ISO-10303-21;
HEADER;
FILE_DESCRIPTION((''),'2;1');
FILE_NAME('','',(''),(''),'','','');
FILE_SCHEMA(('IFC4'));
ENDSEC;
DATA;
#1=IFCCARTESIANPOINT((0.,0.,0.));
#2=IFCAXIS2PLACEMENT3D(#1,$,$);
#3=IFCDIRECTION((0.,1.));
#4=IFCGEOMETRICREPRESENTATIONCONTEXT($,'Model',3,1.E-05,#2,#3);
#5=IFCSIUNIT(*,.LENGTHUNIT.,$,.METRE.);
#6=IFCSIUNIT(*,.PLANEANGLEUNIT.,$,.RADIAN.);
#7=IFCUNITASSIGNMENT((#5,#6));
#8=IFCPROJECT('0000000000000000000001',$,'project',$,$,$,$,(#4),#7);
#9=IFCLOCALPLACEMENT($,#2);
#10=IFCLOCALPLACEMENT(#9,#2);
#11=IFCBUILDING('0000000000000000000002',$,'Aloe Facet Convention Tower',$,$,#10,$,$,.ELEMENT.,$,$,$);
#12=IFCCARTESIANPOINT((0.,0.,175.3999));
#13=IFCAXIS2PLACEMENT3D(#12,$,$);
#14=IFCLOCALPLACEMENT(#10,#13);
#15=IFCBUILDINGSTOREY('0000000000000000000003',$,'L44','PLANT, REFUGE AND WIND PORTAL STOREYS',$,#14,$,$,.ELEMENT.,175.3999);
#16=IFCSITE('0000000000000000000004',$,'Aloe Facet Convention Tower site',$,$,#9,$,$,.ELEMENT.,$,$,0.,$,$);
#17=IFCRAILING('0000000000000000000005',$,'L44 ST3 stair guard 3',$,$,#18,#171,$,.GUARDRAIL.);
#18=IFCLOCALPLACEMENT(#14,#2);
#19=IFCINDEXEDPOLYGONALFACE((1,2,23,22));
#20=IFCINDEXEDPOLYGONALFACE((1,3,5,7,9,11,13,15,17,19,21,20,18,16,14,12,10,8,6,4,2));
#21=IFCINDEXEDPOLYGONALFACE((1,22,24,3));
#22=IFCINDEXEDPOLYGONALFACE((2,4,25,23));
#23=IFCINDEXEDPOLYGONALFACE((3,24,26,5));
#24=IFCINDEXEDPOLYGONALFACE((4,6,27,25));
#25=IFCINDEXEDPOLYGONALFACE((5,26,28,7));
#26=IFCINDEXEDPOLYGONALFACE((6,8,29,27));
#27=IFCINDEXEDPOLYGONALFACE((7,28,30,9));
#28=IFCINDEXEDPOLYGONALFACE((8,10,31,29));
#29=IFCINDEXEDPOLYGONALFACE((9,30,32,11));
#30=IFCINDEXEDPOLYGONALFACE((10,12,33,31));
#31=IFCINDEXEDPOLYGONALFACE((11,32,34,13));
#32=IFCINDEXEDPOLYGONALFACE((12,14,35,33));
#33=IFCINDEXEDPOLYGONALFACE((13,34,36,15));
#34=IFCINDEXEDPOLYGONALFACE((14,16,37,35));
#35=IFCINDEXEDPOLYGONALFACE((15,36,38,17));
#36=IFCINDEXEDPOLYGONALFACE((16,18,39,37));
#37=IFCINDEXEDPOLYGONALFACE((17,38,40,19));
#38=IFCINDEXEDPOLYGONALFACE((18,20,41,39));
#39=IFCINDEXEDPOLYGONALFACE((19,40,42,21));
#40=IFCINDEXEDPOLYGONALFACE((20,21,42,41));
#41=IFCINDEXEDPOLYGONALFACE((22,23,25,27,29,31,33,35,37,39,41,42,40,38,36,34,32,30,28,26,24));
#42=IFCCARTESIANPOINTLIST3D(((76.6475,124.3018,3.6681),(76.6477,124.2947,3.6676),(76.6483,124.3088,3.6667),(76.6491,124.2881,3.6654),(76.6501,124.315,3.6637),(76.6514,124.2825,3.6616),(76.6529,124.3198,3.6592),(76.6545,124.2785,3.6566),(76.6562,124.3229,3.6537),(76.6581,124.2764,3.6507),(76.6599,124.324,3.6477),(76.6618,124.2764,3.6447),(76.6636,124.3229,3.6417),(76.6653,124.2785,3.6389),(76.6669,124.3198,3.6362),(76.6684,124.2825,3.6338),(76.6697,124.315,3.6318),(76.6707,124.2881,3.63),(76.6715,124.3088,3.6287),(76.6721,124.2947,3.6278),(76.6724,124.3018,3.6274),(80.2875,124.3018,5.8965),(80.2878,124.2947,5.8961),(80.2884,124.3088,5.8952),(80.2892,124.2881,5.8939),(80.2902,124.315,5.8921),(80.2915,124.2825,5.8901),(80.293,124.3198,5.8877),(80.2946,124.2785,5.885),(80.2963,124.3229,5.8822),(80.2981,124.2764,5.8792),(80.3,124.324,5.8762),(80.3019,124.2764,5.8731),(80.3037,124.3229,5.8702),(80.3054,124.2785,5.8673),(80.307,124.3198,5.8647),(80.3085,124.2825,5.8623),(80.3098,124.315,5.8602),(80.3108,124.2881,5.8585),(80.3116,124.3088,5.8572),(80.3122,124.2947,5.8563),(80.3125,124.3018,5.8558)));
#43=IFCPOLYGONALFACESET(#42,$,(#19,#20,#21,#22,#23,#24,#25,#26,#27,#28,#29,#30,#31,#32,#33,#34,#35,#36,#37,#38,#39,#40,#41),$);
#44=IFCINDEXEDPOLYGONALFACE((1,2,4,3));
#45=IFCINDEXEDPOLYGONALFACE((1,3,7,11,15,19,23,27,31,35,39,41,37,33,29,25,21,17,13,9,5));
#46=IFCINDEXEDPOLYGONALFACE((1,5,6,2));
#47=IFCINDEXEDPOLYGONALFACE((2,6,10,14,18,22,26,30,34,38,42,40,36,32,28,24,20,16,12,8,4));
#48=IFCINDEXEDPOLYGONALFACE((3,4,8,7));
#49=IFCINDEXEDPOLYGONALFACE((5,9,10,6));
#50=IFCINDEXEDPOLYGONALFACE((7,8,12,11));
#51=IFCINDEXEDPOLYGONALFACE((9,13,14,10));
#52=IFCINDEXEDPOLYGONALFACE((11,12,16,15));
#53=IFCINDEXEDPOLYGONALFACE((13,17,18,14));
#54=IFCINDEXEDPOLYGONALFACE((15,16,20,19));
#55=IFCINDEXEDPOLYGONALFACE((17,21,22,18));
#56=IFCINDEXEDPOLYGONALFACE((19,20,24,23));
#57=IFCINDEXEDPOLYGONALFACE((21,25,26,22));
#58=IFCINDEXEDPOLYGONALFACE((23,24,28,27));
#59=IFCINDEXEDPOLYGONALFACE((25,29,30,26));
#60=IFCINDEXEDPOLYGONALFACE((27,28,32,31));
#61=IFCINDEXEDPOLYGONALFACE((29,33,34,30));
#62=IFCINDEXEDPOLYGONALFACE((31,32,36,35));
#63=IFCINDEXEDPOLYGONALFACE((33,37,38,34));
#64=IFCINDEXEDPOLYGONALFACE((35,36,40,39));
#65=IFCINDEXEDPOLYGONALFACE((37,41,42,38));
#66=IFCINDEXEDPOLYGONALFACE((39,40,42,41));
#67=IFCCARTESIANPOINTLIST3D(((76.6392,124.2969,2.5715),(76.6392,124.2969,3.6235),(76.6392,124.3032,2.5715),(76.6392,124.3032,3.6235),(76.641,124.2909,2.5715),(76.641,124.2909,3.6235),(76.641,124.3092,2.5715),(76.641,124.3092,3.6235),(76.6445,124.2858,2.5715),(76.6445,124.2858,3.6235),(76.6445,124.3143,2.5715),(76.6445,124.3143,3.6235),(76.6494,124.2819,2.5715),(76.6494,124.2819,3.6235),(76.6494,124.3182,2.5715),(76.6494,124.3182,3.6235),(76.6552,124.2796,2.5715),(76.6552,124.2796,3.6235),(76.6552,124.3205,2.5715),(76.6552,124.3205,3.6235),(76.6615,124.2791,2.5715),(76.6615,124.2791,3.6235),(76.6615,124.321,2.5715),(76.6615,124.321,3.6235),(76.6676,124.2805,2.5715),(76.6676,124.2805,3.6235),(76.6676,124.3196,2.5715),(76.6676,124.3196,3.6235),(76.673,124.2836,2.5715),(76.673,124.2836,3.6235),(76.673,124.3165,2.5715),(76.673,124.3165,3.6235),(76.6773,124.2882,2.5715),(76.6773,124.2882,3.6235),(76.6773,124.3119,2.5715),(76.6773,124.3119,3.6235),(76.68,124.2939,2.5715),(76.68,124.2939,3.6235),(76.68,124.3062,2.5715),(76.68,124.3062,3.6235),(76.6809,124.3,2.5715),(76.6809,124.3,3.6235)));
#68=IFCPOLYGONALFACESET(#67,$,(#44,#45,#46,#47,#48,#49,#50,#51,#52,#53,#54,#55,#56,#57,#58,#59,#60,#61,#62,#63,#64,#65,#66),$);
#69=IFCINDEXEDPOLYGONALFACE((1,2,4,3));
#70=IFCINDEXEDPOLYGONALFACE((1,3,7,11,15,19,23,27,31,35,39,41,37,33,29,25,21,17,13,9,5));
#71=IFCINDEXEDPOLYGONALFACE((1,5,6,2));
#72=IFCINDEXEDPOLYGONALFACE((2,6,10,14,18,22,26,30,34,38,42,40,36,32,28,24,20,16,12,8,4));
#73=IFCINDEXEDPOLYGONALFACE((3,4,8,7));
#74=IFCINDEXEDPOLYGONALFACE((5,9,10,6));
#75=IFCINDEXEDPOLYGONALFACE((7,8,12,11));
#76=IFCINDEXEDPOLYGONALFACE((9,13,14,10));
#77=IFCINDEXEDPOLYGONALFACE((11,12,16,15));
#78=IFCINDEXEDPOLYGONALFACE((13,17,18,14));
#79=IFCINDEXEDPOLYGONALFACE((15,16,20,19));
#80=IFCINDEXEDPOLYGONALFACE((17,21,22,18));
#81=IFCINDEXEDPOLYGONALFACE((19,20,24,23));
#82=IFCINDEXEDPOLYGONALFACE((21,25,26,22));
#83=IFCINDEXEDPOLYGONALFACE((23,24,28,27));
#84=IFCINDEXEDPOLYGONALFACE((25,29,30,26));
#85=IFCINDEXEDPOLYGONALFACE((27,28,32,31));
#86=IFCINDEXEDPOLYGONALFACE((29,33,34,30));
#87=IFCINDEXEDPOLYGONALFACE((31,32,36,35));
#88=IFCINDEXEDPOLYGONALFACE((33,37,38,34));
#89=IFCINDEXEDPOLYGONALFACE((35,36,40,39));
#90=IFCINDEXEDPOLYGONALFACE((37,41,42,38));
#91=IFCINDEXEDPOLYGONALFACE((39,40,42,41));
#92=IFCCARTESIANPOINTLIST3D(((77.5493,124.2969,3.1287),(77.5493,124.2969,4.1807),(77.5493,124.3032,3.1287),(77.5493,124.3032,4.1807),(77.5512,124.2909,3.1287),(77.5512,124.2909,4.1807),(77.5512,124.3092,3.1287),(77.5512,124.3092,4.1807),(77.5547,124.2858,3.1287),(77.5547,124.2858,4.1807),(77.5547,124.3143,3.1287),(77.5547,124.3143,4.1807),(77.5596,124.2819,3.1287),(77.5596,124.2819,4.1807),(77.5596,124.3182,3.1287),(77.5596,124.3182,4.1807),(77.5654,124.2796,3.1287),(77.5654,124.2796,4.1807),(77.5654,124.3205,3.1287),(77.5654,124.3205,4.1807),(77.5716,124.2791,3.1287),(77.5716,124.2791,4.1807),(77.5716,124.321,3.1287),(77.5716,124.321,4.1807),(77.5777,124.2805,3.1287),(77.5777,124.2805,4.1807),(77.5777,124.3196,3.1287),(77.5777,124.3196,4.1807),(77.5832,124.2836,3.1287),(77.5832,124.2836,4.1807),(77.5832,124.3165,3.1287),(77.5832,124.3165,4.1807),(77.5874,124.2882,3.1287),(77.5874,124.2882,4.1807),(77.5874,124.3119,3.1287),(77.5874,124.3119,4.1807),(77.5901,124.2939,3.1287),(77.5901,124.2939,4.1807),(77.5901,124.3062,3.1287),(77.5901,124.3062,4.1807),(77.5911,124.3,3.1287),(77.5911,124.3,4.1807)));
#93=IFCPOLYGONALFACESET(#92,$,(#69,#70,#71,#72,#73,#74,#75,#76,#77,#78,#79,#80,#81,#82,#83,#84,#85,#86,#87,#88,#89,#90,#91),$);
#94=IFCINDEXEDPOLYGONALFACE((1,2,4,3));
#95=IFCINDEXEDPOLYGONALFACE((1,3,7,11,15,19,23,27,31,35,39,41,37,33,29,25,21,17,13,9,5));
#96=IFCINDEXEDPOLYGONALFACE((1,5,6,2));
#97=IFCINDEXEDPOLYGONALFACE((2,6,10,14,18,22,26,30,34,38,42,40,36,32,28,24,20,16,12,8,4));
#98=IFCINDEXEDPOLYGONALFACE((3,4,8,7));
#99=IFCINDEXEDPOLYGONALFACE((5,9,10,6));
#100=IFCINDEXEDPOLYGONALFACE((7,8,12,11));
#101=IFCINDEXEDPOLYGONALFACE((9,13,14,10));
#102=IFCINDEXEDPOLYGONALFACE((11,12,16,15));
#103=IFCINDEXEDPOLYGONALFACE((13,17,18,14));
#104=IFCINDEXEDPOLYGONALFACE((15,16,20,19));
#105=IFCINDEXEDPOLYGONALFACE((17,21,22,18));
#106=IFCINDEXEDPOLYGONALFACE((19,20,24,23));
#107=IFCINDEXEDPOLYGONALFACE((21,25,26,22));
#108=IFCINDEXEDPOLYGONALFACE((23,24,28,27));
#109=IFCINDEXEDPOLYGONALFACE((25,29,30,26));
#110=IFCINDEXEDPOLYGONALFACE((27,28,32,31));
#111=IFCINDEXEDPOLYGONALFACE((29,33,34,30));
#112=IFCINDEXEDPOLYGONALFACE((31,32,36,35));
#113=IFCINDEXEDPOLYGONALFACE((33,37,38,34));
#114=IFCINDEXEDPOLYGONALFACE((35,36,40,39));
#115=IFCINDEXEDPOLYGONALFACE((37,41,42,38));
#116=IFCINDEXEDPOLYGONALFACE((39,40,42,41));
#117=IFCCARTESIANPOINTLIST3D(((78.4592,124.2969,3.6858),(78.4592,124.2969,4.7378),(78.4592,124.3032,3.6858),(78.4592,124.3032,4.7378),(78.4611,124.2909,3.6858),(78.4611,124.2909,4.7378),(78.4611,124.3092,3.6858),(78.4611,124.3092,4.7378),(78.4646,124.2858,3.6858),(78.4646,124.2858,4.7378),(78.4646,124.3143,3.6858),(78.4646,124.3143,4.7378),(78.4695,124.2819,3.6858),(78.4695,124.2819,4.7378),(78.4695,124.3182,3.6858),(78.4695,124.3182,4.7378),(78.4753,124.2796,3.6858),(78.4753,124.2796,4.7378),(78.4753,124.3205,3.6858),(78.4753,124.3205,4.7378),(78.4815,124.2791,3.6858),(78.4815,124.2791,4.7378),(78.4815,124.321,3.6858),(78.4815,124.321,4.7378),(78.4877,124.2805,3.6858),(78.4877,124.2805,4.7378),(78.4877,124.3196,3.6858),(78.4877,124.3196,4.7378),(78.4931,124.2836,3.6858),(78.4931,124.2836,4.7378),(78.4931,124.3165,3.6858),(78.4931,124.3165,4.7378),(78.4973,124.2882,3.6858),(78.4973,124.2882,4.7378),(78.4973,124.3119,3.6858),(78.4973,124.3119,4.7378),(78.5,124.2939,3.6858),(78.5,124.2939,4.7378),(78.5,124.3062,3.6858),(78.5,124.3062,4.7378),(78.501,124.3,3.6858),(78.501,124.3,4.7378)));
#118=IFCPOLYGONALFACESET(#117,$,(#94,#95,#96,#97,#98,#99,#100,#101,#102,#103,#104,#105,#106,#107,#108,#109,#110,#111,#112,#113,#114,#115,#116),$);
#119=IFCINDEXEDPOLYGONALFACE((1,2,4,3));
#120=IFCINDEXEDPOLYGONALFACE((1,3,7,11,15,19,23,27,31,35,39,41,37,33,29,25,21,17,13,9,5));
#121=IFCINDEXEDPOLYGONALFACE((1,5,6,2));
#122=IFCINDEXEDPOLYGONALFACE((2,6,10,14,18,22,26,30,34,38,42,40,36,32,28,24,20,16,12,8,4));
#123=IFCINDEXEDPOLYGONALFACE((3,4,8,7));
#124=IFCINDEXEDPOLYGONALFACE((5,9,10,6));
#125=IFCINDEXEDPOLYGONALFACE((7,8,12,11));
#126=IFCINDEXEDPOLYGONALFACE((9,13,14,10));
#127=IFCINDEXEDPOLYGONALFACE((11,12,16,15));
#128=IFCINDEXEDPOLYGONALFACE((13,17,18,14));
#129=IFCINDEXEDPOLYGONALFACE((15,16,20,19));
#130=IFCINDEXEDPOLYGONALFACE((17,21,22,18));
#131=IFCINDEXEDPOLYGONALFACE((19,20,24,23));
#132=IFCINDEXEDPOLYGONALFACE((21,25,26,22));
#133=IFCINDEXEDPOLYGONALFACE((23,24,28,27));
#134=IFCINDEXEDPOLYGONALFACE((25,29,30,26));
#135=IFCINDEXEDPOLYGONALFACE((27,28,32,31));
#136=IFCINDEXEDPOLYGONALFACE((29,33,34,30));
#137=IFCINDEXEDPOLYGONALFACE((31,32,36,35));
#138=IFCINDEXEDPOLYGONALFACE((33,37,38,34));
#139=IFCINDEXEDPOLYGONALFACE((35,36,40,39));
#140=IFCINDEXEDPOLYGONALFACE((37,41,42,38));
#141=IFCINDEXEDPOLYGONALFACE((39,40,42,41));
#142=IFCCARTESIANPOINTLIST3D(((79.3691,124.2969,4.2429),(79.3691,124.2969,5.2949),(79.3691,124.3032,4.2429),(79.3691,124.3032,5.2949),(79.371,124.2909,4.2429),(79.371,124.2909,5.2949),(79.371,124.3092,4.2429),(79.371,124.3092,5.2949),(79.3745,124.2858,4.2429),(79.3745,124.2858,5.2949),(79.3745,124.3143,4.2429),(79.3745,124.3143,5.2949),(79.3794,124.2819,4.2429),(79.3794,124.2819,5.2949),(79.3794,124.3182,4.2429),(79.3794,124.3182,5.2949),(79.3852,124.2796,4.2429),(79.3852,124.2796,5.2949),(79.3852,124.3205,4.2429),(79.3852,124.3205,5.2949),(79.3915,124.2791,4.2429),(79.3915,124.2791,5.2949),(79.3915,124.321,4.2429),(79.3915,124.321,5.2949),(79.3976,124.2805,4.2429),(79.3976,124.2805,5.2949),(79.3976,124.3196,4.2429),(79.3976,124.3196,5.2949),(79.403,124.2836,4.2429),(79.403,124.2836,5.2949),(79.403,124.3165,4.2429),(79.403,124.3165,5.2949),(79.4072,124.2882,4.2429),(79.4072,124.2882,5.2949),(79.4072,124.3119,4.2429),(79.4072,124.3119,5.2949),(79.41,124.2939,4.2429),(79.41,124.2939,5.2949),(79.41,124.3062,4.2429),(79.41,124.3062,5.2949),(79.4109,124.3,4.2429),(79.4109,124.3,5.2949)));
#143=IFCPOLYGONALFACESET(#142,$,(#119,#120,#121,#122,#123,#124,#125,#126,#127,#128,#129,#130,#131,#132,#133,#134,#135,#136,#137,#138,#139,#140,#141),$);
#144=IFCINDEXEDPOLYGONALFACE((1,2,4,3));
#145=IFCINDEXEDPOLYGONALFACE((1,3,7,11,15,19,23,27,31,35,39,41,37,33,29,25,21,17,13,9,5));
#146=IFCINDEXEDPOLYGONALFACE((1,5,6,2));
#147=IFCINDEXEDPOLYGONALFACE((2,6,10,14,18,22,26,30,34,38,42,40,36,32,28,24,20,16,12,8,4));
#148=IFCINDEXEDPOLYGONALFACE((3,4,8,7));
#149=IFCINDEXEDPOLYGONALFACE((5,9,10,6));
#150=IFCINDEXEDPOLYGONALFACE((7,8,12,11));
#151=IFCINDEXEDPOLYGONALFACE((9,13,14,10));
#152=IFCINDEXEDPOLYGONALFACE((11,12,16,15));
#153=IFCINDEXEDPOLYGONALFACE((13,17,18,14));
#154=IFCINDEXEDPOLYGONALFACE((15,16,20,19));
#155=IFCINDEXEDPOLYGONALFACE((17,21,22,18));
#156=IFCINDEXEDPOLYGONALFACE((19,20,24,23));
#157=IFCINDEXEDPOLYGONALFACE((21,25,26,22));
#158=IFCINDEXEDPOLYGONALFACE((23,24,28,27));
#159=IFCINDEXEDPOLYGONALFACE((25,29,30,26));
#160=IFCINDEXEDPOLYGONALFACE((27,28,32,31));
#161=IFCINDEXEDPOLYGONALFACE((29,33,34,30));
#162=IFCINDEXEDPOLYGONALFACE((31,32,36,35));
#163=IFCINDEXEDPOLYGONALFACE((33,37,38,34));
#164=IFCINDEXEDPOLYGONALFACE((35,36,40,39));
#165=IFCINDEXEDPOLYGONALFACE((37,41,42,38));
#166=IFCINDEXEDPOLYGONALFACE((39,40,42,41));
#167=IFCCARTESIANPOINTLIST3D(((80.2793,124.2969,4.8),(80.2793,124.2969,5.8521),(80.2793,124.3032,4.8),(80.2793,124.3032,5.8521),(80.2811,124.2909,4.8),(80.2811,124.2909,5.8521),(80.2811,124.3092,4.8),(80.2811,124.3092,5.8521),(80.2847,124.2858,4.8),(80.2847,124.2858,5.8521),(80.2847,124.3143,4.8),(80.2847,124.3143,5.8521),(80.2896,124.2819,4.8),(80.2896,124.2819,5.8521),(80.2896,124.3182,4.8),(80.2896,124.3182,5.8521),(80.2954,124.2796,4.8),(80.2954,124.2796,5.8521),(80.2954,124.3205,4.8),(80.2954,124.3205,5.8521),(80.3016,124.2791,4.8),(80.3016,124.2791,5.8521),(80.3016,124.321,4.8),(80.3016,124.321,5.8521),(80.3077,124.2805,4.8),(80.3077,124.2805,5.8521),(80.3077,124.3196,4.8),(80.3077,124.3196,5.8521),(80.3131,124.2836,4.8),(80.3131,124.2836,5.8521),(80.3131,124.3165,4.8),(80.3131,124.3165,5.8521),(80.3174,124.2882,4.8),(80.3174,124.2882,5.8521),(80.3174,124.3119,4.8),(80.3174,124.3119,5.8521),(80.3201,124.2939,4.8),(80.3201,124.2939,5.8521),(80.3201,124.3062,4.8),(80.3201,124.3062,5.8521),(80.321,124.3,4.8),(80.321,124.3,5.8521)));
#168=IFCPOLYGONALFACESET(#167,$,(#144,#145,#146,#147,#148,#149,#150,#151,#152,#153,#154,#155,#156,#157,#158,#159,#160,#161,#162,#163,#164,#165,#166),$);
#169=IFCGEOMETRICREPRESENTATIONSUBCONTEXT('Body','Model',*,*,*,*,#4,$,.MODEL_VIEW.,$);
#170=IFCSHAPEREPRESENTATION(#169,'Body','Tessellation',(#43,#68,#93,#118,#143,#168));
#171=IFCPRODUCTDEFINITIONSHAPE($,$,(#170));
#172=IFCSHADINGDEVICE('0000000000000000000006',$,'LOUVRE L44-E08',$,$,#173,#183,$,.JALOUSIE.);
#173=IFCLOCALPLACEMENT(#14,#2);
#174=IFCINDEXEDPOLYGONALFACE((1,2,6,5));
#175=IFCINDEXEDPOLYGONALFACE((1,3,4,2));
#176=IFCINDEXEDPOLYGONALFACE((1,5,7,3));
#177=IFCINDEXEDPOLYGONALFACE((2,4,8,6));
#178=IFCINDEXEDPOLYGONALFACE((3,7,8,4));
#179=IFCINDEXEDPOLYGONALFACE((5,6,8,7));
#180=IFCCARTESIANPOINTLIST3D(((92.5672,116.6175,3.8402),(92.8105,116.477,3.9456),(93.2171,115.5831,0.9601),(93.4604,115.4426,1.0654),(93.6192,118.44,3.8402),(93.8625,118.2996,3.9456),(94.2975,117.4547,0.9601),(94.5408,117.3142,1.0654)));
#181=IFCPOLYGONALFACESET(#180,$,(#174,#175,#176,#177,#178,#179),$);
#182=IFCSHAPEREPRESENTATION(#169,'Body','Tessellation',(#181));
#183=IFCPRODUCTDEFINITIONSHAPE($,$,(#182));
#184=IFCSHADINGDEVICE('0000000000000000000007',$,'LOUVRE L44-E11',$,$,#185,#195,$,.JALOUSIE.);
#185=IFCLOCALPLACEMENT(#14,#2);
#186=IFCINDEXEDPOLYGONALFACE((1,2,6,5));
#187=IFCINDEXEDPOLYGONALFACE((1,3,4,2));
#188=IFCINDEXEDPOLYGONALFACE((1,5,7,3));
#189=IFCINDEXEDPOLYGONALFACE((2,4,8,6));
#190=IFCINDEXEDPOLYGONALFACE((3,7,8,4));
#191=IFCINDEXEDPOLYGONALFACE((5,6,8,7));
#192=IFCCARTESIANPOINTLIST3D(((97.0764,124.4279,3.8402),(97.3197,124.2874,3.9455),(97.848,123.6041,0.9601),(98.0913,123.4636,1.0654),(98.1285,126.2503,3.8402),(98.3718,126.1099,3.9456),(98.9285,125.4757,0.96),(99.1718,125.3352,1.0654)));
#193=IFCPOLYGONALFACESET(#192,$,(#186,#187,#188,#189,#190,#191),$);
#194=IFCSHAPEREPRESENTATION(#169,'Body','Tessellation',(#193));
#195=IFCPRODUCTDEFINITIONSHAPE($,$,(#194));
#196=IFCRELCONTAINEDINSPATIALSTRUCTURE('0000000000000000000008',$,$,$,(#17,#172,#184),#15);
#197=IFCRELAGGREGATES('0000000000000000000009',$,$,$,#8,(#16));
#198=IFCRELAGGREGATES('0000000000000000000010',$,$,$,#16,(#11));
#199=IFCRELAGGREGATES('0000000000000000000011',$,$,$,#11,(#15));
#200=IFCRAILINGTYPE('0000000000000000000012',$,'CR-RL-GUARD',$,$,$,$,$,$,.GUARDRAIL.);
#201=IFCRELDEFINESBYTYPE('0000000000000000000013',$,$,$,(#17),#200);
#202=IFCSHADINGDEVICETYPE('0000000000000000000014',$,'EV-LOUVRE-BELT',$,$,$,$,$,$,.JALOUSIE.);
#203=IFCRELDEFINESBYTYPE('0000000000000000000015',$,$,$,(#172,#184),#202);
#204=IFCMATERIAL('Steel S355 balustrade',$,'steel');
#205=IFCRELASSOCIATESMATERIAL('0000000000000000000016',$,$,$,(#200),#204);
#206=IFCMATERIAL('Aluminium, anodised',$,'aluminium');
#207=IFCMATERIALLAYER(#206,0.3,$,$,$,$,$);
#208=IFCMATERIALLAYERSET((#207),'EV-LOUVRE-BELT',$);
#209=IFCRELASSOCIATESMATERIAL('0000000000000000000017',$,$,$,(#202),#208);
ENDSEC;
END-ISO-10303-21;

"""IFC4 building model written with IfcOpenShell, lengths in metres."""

from ifc_helpers import new_model, si_unit, direction, frame, origin, origin_2d, place, context, subcontext, project, spatial, polyline, circle, outline, extrude, material, layer, layer_set, type_object, element, save


model = new_model("IFC4")

# Units and contexts
model_context = context("Model", 3, precision=1e-05, world=origin(), true_north=direction((0.0, 1.0)))
body_context = subcontext(model_context, "Body", "Model", "MODEL_VIEW")
ifc_project = project(units=[si_unit("LENGTHUNIT", "METRE"), si_unit("PLANEANGLEUNIT", "RADIAN")], contexts=[model_context])

# Site, building, storey
site_placement = place(None, origin())
site = spatial("IfcSite", under=ifc_project, at=site_placement, Name="Aloe Facet Convention Tower site", CompositionType="ELEMENT", RefElevation=0.0)
building_placement = place(site_placement, origin())
building = spatial("IfcBuilding", under=site, at=building_placement, Name="Aloe Facet Convention Tower", CompositionType="ELEMENT")
storey_placement = place(building_placement, frame((0.0, 0.0, 175.3999)))
storey = spatial("IfcBuildingStorey", under=building, at=storey_placement, Name="L44", Description="PLANT, REFUGE AND WIND PORTAL STOREYS", CompositionType="ELEMENT", Elevation=175.3999)

# Railing
ifc_material_1 = material(Name="Steel S355 balustrade", Category="steel")
railing_type = type_object("IfcRailingType", Name="CR-RL-GUARD", PredefinedType="GUARDRAIL", material=ifc_material_1)
railing_placement = place(storey_placement, frame((76.6599, 124.3, 2.5715)))
element("IfcRailing", 1, at=railing_placement, inside=storey, type_object=railing_type, Name="L44 ST3 stair guard 3", PredefinedType="GUARDRAIL", context=body_context, shape_type="SweptSolid", body=[
    extrude(circle(Radius=0.0239, at=origin_2d()), frame((0.0, 0.0, 1.0762), z_axis=(0.852866, 0.0, 0.52213), x_axis=(0.0, 1.0, 0.0)), (0.0, 0.0, 1.0), 4.2681),
    extrude(circle(Radius=0.021, at=origin_2d()), origin(), (0.0, 0.0, 1.0), 1.052),
    extrude(circle(Radius=0.021, at=origin_2d()), frame((0.9102, 0.0, 0.5571)), (0.0, 0.0, 1.0), 1.052),
    extrude(circle(Radius=0.021, at=origin_2d()), frame((1.8201, 0.0, 1.1143)), (0.0, 0.0, 1.0), 1.052),
    extrude(circle(Radius=0.021, at=origin_2d()), frame((2.73, 0.0, 1.6714)), (0.0, 0.0, 1.0), 1.052),
    extrude(circle(Radius=0.021, at=origin_2d()), frame((3.6401, 0.0, 2.2285)), (0.0, 0.0, 1.0), 1.052),
])

# Shading devices
ifc_material_2 = material(Name="Aluminium, anodised", Category="aluminium")
ifc_layer_1 = layer(ifc_material_2, 0.3)
ifc_layer_set_1 = layer_set([ifc_layer_1], Name="EV-LOUVRE-BELT")
shading_device_type = type_object("IfcShadingDeviceType", Name="EV-LOUVRE-BELT", PredefinedType="JALOUSIE", material=ifc_layer_set_1)
shading_device_1_placement = place(storey_placement, frame((93.4604, 115.4426, 1.0654), z_axis=(0.810934, -0.468092, 0.351106), x_axis=(0.499919, 0.866072, 0.0)))
element("IfcShadingDevice", 2, at=shading_device_1_placement, inside=storey, type_object=shading_device_type, Name="LOUVRE L44-E08", PredefinedType="JALOUSIE", context=body_context, shape_type="SweptSolid", body=[
    extrude(outline(polyline([(0.0, 0.0), (2.161, 0.0), (2.6753, 3.076), (0.571, 3.076), (0.0, 0.0)])), origin(), (0.0, 0.0, -1.0), 0.3),
])
shading_device_2_placement = place(storey_placement, frame((98.0913, 123.4636, 1.0654), z_axis=(0.810903, -0.468127, 0.351132), x_axis=(0.499967, 0.866044, -0.000016)))
element("IfcShadingDevice", 3, at=shading_device_2_placement, inside=storey, type_object=shading_device_type, Name="LOUVRE L44-E11", PredefinedType="JALOUSIE", context=body_context, shape_type="SweptSolid", body=[
    extrude(outline(polyline([(0.0, 0.0), (2.1611, 0.0), (2.432, 3.076), (0.3276, 3.076), (0.0, 0.0)])), origin(), (0.0, 0.0, -1.0), 0.3),
])

save(model, "model.ifc")
